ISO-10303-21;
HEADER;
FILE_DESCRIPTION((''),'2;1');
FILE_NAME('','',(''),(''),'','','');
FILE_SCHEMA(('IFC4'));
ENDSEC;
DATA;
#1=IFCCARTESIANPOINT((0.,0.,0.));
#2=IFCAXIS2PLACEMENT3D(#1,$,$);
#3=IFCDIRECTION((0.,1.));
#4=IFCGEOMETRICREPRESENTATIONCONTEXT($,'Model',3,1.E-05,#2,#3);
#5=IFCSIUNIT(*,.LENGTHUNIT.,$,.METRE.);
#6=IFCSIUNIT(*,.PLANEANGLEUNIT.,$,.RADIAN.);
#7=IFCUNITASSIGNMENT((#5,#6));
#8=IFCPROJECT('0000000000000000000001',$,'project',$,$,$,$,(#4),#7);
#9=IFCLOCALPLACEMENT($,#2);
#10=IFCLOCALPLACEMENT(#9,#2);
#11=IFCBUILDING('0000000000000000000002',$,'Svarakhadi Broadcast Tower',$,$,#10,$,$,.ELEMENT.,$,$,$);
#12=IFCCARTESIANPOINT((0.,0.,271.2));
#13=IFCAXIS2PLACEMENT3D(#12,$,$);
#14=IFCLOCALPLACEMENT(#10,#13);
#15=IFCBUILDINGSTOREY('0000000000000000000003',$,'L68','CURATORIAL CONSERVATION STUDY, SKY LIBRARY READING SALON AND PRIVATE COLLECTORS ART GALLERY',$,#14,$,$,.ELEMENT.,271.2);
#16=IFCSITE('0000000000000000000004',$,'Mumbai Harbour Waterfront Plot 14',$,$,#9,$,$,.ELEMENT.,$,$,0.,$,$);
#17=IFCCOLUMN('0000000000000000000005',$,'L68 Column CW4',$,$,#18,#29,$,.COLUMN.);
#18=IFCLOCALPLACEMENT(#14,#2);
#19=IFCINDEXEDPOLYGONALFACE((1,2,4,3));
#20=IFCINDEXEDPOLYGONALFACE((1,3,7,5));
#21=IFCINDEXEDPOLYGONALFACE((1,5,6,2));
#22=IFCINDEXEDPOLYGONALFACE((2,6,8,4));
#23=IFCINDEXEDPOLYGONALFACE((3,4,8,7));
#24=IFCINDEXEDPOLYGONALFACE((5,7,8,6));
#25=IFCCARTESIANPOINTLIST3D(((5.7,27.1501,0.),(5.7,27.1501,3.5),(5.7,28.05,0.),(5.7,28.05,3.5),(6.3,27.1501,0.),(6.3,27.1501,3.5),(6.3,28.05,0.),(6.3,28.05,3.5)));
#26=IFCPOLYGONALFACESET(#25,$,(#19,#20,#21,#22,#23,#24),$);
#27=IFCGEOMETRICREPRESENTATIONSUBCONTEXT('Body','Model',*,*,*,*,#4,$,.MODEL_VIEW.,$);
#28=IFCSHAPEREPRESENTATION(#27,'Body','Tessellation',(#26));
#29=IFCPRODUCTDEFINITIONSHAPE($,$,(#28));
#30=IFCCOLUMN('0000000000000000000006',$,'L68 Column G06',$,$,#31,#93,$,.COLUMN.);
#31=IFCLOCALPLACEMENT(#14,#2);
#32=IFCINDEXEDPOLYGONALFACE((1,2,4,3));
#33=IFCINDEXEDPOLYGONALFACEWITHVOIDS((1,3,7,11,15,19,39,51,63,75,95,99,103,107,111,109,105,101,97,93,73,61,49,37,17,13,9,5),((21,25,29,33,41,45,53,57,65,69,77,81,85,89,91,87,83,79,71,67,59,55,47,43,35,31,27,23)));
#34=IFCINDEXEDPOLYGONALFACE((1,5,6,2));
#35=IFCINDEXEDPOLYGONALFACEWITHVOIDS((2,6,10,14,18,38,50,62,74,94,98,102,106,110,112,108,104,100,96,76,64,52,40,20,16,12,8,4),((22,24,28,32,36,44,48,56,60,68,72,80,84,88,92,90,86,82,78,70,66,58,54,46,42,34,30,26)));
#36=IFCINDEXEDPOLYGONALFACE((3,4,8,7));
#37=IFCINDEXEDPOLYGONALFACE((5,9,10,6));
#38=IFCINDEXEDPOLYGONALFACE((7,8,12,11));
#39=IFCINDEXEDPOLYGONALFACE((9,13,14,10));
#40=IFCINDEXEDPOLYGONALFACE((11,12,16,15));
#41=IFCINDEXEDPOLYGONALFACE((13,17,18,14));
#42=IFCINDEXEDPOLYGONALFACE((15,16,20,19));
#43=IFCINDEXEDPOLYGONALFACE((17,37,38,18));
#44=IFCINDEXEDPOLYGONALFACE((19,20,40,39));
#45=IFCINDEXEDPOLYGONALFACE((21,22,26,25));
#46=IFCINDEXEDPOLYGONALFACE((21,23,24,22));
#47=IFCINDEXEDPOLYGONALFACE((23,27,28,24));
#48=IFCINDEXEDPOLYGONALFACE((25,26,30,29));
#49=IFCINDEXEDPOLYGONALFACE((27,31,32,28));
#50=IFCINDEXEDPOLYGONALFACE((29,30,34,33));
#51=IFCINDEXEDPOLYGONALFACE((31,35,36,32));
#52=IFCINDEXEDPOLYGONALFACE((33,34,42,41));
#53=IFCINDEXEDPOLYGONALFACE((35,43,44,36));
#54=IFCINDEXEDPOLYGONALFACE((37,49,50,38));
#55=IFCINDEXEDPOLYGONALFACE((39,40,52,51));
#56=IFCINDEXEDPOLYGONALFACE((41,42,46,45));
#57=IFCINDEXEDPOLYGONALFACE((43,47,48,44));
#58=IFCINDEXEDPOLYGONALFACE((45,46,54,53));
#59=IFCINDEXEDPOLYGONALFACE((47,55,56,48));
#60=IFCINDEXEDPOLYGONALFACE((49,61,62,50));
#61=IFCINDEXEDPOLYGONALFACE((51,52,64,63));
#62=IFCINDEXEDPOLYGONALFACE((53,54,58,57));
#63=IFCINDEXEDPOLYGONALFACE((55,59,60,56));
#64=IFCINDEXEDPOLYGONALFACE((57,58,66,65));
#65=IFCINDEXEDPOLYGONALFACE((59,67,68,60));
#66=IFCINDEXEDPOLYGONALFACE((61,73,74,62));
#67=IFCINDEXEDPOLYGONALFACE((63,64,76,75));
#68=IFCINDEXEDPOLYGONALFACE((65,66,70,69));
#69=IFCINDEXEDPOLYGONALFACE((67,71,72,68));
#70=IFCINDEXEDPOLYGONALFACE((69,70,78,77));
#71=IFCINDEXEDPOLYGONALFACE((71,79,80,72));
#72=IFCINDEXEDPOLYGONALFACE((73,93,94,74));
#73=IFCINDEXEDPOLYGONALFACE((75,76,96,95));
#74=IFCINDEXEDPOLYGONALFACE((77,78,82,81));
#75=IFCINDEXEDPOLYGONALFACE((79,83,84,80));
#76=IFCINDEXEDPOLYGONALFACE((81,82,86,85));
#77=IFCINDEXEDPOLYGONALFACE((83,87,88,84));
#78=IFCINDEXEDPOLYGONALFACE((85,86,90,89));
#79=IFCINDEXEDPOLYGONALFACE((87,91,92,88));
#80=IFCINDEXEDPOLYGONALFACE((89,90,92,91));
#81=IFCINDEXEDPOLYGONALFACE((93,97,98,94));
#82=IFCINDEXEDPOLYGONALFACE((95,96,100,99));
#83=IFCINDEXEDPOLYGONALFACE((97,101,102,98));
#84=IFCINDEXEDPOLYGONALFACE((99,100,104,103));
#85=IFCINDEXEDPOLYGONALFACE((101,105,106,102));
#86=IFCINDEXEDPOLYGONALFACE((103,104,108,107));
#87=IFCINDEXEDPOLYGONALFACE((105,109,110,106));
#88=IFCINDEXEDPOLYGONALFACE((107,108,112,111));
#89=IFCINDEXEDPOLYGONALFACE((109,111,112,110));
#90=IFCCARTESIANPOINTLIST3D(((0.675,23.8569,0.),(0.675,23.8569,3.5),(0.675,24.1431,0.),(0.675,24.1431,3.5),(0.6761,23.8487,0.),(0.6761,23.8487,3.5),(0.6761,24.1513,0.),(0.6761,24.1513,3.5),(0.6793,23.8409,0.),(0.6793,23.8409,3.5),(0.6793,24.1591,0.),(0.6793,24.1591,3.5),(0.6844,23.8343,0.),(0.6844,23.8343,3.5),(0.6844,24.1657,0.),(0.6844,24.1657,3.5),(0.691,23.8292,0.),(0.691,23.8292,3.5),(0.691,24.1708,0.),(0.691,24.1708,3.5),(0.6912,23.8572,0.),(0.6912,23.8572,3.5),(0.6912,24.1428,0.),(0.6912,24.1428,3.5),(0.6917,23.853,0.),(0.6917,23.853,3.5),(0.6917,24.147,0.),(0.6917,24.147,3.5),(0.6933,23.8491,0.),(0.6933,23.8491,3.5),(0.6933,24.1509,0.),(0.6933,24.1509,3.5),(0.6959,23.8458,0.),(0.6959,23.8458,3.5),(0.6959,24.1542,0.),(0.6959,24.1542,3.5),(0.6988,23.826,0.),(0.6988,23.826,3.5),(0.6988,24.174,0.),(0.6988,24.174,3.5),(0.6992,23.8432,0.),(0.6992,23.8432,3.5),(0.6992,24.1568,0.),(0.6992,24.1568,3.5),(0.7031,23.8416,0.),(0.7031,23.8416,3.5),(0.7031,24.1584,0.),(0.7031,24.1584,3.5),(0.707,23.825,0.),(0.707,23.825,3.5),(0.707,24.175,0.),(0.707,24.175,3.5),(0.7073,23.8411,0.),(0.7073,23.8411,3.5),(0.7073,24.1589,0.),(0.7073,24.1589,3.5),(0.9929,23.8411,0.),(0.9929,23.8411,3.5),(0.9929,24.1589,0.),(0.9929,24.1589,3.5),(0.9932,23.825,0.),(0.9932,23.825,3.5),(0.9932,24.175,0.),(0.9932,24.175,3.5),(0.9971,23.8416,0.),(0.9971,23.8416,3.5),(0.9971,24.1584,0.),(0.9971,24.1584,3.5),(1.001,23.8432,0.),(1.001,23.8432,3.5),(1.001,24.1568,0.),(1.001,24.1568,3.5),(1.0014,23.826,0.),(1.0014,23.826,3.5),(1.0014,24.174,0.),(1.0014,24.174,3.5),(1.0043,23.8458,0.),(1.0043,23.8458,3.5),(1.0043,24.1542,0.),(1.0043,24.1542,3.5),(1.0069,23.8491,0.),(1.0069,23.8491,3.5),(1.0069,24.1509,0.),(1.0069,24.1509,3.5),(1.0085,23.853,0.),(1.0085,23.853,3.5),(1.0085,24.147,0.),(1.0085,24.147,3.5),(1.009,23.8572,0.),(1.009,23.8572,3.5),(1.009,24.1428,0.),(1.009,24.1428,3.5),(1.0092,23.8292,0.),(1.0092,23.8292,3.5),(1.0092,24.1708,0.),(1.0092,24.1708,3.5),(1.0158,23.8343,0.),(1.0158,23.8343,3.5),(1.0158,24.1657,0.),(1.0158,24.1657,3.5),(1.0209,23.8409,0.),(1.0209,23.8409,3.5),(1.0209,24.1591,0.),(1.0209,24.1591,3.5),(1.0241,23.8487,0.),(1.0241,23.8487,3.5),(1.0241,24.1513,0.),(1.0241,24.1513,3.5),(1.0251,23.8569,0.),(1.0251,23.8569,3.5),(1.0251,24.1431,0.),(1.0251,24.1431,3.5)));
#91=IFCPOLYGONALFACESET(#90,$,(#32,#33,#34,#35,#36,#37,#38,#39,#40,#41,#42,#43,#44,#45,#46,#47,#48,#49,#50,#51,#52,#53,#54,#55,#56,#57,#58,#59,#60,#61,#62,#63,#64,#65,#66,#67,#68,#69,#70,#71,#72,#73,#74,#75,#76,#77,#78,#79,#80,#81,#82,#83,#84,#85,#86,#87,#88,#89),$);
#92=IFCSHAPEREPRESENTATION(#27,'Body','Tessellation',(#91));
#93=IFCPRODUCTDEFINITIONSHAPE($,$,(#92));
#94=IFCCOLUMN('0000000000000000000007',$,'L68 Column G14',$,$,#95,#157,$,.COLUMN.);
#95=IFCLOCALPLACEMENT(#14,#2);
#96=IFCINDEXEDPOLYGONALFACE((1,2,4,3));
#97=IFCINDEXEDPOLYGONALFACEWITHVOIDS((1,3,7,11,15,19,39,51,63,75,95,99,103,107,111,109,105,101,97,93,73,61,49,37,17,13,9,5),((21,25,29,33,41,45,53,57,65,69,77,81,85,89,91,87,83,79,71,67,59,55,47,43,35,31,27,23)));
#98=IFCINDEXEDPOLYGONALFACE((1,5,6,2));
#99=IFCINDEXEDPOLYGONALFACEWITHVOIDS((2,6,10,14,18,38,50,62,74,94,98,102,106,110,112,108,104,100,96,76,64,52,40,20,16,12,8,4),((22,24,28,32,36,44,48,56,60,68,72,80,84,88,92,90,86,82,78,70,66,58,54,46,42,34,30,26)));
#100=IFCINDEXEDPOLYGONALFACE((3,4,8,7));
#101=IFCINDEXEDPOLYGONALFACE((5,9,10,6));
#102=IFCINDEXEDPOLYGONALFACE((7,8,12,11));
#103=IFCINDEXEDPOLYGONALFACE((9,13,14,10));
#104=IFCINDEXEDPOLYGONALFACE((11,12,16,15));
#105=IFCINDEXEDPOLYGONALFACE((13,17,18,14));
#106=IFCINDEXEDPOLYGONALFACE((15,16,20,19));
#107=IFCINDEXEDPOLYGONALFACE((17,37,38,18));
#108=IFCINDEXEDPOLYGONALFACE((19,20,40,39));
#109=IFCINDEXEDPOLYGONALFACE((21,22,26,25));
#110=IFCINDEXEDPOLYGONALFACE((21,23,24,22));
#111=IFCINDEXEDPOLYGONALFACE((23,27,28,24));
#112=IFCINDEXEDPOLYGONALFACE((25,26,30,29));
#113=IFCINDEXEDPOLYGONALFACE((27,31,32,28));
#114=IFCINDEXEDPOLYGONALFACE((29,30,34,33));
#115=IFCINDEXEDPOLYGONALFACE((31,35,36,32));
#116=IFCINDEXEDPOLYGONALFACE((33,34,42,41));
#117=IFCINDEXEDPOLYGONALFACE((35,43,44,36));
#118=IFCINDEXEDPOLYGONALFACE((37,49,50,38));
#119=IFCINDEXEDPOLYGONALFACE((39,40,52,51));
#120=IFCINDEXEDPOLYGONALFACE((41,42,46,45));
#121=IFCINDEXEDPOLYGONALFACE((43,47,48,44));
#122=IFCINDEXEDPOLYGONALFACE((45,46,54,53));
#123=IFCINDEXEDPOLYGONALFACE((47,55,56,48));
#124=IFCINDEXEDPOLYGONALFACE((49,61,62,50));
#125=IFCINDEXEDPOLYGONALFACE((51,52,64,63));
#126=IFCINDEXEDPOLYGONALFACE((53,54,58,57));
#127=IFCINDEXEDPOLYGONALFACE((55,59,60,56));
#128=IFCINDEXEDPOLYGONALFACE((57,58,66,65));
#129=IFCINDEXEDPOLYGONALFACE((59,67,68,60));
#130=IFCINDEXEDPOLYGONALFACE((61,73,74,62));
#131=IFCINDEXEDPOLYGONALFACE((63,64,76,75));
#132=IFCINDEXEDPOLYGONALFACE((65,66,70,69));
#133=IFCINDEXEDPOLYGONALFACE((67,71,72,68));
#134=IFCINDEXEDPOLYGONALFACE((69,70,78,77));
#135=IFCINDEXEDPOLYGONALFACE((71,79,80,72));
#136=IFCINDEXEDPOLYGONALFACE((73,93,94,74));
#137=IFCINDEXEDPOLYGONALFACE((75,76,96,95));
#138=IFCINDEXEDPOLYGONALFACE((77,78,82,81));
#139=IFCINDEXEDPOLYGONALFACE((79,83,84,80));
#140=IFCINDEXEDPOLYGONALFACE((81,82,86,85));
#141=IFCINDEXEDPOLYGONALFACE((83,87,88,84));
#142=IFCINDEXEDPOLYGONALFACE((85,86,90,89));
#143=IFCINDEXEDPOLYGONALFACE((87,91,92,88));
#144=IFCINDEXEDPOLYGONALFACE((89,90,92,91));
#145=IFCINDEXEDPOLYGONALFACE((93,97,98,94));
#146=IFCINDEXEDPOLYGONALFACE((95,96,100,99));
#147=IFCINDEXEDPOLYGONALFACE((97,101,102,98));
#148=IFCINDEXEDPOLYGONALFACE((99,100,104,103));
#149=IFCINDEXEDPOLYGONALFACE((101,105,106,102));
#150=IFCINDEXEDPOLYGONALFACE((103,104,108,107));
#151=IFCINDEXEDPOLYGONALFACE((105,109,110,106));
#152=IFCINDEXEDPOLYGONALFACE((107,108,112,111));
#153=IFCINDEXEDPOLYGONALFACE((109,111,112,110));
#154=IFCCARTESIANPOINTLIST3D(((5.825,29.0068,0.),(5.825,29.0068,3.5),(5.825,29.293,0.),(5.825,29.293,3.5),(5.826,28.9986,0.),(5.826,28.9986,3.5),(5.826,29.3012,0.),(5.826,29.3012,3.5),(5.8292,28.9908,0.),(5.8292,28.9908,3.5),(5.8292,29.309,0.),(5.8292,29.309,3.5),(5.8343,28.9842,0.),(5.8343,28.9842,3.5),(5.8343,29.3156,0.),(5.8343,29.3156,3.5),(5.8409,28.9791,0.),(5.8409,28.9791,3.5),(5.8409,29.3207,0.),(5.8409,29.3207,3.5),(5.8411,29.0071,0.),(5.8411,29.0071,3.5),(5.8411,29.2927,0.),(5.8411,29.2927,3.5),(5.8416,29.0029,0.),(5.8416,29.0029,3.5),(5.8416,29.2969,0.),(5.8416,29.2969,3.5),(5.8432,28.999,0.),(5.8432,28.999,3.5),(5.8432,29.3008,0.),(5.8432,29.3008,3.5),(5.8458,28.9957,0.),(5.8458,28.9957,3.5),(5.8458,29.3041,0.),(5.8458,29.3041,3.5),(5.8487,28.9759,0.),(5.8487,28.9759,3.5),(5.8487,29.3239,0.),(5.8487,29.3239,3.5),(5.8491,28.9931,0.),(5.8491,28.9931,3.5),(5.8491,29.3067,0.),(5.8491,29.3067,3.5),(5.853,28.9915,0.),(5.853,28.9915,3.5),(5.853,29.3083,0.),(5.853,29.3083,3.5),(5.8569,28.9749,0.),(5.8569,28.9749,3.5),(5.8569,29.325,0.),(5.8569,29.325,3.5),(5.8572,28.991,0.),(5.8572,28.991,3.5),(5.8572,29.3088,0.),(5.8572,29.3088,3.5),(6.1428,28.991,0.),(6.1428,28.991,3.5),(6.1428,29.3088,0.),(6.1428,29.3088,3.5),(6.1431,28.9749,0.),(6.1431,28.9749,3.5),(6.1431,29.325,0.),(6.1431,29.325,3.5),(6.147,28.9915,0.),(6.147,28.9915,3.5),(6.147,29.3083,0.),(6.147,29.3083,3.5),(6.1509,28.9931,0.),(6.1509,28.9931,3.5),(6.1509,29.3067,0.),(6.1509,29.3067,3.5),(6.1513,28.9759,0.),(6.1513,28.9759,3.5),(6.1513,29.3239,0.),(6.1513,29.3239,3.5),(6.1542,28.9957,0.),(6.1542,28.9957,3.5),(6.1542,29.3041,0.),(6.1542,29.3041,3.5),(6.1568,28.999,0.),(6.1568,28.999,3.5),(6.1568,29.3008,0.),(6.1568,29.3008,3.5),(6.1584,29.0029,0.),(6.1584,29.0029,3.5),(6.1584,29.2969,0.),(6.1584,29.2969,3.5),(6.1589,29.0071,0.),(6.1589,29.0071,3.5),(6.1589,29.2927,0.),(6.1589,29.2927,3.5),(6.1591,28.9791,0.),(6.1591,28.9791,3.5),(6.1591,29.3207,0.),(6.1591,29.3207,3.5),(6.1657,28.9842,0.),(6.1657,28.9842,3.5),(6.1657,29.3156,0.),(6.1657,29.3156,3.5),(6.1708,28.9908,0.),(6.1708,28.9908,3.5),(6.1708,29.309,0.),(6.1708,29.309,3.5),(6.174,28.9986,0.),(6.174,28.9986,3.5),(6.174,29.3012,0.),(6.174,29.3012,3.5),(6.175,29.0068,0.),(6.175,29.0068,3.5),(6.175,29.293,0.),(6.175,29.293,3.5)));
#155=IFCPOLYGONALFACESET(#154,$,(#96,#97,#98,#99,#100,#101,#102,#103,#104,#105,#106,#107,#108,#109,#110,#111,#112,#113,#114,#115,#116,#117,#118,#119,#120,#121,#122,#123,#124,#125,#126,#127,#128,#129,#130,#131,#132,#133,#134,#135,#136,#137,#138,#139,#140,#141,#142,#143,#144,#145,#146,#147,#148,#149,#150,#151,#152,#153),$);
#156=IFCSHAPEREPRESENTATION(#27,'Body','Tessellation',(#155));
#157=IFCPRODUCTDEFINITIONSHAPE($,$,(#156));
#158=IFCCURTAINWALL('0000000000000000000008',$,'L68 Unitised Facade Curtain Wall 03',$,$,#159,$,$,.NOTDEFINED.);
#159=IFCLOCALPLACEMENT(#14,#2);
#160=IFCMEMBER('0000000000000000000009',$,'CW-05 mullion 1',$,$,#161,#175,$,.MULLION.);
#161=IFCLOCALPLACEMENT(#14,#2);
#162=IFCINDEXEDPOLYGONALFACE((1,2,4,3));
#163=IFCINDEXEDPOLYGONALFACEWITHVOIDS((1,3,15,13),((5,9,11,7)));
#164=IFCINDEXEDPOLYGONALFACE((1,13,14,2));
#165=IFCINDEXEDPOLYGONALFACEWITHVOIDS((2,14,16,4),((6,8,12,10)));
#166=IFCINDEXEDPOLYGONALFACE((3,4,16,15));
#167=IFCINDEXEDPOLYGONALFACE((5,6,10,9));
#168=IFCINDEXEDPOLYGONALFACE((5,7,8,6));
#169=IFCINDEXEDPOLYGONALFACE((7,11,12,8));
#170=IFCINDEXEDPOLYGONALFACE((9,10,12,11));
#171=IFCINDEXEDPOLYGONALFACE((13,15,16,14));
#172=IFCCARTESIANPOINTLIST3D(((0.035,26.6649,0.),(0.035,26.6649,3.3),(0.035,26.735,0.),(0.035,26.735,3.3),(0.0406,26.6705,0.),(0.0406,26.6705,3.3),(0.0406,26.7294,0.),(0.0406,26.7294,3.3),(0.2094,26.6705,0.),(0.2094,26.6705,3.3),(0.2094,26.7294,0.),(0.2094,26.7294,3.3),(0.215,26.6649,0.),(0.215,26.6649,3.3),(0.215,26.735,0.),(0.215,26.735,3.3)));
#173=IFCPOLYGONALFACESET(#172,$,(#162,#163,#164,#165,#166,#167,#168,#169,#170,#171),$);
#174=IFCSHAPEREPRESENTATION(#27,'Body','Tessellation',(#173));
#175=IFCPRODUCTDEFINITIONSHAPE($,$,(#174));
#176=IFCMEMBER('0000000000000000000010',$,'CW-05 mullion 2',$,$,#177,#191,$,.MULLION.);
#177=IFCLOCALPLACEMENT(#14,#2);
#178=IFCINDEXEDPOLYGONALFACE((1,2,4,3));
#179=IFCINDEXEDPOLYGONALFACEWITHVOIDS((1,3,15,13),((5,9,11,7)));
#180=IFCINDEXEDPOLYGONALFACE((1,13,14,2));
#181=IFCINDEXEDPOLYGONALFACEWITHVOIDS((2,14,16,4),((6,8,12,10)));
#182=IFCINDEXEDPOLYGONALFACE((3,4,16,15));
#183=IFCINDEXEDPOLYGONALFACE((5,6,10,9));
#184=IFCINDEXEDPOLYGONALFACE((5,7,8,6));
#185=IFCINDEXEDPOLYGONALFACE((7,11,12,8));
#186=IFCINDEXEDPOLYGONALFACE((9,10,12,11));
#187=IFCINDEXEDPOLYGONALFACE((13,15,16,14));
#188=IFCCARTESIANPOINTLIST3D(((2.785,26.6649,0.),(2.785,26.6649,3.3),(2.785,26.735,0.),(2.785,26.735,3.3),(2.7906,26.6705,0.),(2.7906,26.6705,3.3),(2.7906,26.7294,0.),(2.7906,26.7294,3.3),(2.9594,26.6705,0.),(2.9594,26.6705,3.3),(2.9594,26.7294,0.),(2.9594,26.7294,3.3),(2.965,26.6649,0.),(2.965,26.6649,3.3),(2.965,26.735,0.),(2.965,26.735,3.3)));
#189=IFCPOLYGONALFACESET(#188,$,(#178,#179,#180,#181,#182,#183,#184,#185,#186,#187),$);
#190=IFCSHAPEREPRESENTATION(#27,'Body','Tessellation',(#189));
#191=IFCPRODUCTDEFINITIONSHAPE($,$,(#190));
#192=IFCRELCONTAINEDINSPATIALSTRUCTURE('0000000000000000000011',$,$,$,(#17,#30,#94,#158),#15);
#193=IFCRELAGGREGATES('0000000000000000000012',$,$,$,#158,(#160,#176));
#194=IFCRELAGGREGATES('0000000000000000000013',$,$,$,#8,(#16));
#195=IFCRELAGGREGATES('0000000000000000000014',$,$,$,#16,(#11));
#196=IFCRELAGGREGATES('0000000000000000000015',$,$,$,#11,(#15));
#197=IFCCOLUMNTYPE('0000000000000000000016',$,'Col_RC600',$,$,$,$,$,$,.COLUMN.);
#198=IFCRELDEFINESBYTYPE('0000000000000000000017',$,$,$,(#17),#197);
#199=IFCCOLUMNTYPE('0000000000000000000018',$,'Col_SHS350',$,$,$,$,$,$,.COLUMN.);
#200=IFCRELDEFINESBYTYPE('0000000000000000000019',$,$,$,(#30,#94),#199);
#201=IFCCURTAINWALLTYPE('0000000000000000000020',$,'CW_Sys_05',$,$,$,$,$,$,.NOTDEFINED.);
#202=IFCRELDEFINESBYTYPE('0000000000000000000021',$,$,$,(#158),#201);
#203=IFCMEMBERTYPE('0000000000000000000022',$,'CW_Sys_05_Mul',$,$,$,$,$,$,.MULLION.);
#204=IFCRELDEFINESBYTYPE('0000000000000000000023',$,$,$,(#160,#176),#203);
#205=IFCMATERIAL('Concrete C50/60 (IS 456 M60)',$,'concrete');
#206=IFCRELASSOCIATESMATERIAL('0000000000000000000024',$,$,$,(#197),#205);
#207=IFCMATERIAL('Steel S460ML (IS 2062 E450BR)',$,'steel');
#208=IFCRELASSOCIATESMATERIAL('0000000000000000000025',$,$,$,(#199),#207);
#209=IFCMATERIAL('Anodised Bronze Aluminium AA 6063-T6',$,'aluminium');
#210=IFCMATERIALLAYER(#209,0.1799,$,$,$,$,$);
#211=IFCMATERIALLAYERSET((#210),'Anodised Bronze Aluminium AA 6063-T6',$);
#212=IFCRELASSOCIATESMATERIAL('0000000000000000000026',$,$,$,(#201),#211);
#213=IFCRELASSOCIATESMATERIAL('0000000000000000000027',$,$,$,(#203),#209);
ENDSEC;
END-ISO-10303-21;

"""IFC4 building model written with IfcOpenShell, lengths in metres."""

from ifc_helpers import new_model, si_unit, direction, frame, origin, origin_2d, place, context, subcontext, project, spatial, rectangle, hollow_rectangle, extrude, material, layer, layer_set, material_profile, profile_set, type_object, element, aggregate, save


model = new_model("IFC4")

# Units and contexts
model_context = context("Model", 3, precision=1e-05, world=origin(), true_north=direction((0.0, 1.0)))
body_context = subcontext(model_context, "Body", "Model", "MODEL_VIEW")
ifc_project = project(units=[si_unit("LENGTHUNIT", "METRE"), si_unit("PLANEANGLEUNIT", "RADIAN")], contexts=[model_context])

# Site, building, storey
site_placement = place(None, origin())
site = spatial("IfcSite", under=ifc_project, at=site_placement, Name="Mumbai Harbour Waterfront Plot 14", CompositionType="ELEMENT", RefElevation=0.0)
building_placement = place(site_placement, origin())
building = spatial("IfcBuilding", under=site, at=building_placement, Name="Svarakhadi Broadcast Tower", CompositionType="ELEMENT")
storey_placement = place(building_placement, frame((0.0, 0.0, 271.2)))
storey = spatial("IfcBuildingStorey", under=building, at=storey_placement, Name="L68", Description="CURATORIAL CONSERVATION STUDY, SKY LIBRARY READING SALON AND PRIVATE COLLECTORS ART GALLERY", CompositionType="ELEMENT", Elevation=271.2)

# Columns
ifc_material_1 = material(Name="Concrete C50/60 (IS 456 M60)", Category="concrete")
ifc_material_profile_1 = material_profile(ifc_material_1, rectangle(XDim=0.6001, YDim=0.8999, at=origin_2d()), Name="RC 600x900")
ifc_profile_set_1 = profile_set([ifc_material_profile_1], Name="Concrete C50/60 (IS 456 M60)")
column_type_1 = type_object("IfcColumnType", Name="Col_RC600", PredefinedType="COLUMN", material=ifc_profile_set_1)
column_placement = place(storey_placement, frame((6.0, 27.6001, 0.0), z_axis=(0.0, 0.0, 1.0), x_axis=(1.0, 0.0, 0.0)))
element("IfcColumn", 1, at=column_placement, inside=storey, type_object=column_type_1, Name="L68 Column CW4", PredefinedType="COLUMN", context=body_context, shape_type="SweptSolid", body=[
    extrude(rectangle(XDim=0.6001, YDim=0.8999, at=origin_2d()), origin(), (0.0, 0.0, 1.0), 3.5),
])
ifc_material_2 = material(Name="Steel S460ML (IS 2062 E450BR)", Category="steel")
ifc_material_profile_2 = material_profile(ifc_material_2, hollow_rectangle(XDim=0.3501, YDim=0.3501, WallThickness=0.0161, InnerFilletRadius=0.0161, OuterFilletRadius=0.032, at=origin_2d()), Name="SHS 350x350x16")
ifc_profile_set_2 = profile_set([ifc_material_profile_2], Name="Steel S460ML (IS 2062 E450BR)")
column_type_2 = type_object("IfcColumnType", Name="Col_SHS350", PredefinedType="COLUMN", material=ifc_profile_set_2)
for number, where, z_axis, x_axis, name in (
    (2, (0.8501, 24.0, 0.0), (0.0, 0.0, 1.0), (1.0, 0.0, 0.0), "L68 Column G06"),
    (3, (6.0, 29.1499, 0.0), (0.0, 0.0, 1.0), (1.0, 0.0, 0.0), "L68 Column G14"),
):
    element("IfcColumn", number, at=place(storey_placement, frame(where, z_axis=z_axis, x_axis=x_axis)), inside=storey, type_object=column_type_2, Name=name, PredefinedType="COLUMN", context=body_context, shape_type="SweptSolid", body=[
        extrude(hollow_rectangle(XDim=0.3501, YDim=0.3501, WallThickness=0.0161, InnerFilletRadius=0.0161, OuterFilletRadius=0.032, at=origin_2d()), origin(), (0.0, 0.0, 1.0), 3.5),
    ])

# Curtain wall, members
ifc_material_3 = material(Name="Anodised Bronze Aluminium AA 6063-T6", Category="aluminium")
ifc_layer_1 = layer(ifc_material_3, 0.1799)
ifc_layer_set_1 = layer_set([ifc_layer_1], Name="Anodised Bronze Aluminium AA 6063-T6")
curtain_wall_type = type_object("IfcCurtainWallType", Name="CW_Sys_05", PredefinedType="NOTDEFINED", material=ifc_layer_set_1)
curtain_wall_1_placement = place(storey_placement, origin())
curtain_wall_1 = element("IfcCurtainWall", 4, at=curtain_wall_1_placement, inside=storey, type_object=curtain_wall_type, Name="L68 Unitised Facade Curtain Wall 03", PredefinedType="NOTDEFINED")
ifc_material_profile_3 = material_profile(ifc_material_3, hollow_rectangle(XDim=0.0701, YDim=0.1799, WallThickness=0.0056, at=origin_2d()), Name="ALU MULLION 180x70x6")
ifc_profile_set_3 = profile_set([ifc_material_profile_3], Name="Anodised Bronze Aluminium AA 6063-T6")
member_type_1 = type_object("IfcMemberType", Name="CW_Sys_05_Mul", PredefinedType="MULLION", material=ifc_profile_set_3)
member_1_placement = place(storey_placement, frame((0.125, 26.7, 0.0), z_axis=(0.0, 0.0, 1.0), x_axis=(0.0, 1.0, 0.0)))
member_1 = element("IfcMember", 5, at=member_1_placement, type_object=member_type_1, Name="CW-05 mullion 1", PredefinedType="MULLION", context=body_context, shape_type="SweptSolid", body=[
    extrude(hollow_rectangle(XDim=0.0701, YDim=0.1799, WallThickness=0.0056, at=origin_2d()), origin(), (0.0, 0.0, 1.0), 3.3),
])
member_2_placement = place(storey_placement, frame((2.875, 26.7, 0.0), z_axis=(0.0, 0.0, 1.0), x_axis=(0.0, 1.0, 0.0)))
member_2 = element("IfcMember", 6, at=member_2_placement, type_object=member_type_1, Name="CW-05 mullion 2", PredefinedType="MULLION", context=body_context, shape_type="SweptSolid", body=[
    extrude(hollow_rectangle(XDim=0.0701, YDim=0.1799, WallThickness=0.0056, at=origin_2d()), origin(), (0.0, 0.0, 1.0), 3.3),
])

aggregate(curtain_wall_1, [member_1, member_2])

save(model, "model.ifc")
